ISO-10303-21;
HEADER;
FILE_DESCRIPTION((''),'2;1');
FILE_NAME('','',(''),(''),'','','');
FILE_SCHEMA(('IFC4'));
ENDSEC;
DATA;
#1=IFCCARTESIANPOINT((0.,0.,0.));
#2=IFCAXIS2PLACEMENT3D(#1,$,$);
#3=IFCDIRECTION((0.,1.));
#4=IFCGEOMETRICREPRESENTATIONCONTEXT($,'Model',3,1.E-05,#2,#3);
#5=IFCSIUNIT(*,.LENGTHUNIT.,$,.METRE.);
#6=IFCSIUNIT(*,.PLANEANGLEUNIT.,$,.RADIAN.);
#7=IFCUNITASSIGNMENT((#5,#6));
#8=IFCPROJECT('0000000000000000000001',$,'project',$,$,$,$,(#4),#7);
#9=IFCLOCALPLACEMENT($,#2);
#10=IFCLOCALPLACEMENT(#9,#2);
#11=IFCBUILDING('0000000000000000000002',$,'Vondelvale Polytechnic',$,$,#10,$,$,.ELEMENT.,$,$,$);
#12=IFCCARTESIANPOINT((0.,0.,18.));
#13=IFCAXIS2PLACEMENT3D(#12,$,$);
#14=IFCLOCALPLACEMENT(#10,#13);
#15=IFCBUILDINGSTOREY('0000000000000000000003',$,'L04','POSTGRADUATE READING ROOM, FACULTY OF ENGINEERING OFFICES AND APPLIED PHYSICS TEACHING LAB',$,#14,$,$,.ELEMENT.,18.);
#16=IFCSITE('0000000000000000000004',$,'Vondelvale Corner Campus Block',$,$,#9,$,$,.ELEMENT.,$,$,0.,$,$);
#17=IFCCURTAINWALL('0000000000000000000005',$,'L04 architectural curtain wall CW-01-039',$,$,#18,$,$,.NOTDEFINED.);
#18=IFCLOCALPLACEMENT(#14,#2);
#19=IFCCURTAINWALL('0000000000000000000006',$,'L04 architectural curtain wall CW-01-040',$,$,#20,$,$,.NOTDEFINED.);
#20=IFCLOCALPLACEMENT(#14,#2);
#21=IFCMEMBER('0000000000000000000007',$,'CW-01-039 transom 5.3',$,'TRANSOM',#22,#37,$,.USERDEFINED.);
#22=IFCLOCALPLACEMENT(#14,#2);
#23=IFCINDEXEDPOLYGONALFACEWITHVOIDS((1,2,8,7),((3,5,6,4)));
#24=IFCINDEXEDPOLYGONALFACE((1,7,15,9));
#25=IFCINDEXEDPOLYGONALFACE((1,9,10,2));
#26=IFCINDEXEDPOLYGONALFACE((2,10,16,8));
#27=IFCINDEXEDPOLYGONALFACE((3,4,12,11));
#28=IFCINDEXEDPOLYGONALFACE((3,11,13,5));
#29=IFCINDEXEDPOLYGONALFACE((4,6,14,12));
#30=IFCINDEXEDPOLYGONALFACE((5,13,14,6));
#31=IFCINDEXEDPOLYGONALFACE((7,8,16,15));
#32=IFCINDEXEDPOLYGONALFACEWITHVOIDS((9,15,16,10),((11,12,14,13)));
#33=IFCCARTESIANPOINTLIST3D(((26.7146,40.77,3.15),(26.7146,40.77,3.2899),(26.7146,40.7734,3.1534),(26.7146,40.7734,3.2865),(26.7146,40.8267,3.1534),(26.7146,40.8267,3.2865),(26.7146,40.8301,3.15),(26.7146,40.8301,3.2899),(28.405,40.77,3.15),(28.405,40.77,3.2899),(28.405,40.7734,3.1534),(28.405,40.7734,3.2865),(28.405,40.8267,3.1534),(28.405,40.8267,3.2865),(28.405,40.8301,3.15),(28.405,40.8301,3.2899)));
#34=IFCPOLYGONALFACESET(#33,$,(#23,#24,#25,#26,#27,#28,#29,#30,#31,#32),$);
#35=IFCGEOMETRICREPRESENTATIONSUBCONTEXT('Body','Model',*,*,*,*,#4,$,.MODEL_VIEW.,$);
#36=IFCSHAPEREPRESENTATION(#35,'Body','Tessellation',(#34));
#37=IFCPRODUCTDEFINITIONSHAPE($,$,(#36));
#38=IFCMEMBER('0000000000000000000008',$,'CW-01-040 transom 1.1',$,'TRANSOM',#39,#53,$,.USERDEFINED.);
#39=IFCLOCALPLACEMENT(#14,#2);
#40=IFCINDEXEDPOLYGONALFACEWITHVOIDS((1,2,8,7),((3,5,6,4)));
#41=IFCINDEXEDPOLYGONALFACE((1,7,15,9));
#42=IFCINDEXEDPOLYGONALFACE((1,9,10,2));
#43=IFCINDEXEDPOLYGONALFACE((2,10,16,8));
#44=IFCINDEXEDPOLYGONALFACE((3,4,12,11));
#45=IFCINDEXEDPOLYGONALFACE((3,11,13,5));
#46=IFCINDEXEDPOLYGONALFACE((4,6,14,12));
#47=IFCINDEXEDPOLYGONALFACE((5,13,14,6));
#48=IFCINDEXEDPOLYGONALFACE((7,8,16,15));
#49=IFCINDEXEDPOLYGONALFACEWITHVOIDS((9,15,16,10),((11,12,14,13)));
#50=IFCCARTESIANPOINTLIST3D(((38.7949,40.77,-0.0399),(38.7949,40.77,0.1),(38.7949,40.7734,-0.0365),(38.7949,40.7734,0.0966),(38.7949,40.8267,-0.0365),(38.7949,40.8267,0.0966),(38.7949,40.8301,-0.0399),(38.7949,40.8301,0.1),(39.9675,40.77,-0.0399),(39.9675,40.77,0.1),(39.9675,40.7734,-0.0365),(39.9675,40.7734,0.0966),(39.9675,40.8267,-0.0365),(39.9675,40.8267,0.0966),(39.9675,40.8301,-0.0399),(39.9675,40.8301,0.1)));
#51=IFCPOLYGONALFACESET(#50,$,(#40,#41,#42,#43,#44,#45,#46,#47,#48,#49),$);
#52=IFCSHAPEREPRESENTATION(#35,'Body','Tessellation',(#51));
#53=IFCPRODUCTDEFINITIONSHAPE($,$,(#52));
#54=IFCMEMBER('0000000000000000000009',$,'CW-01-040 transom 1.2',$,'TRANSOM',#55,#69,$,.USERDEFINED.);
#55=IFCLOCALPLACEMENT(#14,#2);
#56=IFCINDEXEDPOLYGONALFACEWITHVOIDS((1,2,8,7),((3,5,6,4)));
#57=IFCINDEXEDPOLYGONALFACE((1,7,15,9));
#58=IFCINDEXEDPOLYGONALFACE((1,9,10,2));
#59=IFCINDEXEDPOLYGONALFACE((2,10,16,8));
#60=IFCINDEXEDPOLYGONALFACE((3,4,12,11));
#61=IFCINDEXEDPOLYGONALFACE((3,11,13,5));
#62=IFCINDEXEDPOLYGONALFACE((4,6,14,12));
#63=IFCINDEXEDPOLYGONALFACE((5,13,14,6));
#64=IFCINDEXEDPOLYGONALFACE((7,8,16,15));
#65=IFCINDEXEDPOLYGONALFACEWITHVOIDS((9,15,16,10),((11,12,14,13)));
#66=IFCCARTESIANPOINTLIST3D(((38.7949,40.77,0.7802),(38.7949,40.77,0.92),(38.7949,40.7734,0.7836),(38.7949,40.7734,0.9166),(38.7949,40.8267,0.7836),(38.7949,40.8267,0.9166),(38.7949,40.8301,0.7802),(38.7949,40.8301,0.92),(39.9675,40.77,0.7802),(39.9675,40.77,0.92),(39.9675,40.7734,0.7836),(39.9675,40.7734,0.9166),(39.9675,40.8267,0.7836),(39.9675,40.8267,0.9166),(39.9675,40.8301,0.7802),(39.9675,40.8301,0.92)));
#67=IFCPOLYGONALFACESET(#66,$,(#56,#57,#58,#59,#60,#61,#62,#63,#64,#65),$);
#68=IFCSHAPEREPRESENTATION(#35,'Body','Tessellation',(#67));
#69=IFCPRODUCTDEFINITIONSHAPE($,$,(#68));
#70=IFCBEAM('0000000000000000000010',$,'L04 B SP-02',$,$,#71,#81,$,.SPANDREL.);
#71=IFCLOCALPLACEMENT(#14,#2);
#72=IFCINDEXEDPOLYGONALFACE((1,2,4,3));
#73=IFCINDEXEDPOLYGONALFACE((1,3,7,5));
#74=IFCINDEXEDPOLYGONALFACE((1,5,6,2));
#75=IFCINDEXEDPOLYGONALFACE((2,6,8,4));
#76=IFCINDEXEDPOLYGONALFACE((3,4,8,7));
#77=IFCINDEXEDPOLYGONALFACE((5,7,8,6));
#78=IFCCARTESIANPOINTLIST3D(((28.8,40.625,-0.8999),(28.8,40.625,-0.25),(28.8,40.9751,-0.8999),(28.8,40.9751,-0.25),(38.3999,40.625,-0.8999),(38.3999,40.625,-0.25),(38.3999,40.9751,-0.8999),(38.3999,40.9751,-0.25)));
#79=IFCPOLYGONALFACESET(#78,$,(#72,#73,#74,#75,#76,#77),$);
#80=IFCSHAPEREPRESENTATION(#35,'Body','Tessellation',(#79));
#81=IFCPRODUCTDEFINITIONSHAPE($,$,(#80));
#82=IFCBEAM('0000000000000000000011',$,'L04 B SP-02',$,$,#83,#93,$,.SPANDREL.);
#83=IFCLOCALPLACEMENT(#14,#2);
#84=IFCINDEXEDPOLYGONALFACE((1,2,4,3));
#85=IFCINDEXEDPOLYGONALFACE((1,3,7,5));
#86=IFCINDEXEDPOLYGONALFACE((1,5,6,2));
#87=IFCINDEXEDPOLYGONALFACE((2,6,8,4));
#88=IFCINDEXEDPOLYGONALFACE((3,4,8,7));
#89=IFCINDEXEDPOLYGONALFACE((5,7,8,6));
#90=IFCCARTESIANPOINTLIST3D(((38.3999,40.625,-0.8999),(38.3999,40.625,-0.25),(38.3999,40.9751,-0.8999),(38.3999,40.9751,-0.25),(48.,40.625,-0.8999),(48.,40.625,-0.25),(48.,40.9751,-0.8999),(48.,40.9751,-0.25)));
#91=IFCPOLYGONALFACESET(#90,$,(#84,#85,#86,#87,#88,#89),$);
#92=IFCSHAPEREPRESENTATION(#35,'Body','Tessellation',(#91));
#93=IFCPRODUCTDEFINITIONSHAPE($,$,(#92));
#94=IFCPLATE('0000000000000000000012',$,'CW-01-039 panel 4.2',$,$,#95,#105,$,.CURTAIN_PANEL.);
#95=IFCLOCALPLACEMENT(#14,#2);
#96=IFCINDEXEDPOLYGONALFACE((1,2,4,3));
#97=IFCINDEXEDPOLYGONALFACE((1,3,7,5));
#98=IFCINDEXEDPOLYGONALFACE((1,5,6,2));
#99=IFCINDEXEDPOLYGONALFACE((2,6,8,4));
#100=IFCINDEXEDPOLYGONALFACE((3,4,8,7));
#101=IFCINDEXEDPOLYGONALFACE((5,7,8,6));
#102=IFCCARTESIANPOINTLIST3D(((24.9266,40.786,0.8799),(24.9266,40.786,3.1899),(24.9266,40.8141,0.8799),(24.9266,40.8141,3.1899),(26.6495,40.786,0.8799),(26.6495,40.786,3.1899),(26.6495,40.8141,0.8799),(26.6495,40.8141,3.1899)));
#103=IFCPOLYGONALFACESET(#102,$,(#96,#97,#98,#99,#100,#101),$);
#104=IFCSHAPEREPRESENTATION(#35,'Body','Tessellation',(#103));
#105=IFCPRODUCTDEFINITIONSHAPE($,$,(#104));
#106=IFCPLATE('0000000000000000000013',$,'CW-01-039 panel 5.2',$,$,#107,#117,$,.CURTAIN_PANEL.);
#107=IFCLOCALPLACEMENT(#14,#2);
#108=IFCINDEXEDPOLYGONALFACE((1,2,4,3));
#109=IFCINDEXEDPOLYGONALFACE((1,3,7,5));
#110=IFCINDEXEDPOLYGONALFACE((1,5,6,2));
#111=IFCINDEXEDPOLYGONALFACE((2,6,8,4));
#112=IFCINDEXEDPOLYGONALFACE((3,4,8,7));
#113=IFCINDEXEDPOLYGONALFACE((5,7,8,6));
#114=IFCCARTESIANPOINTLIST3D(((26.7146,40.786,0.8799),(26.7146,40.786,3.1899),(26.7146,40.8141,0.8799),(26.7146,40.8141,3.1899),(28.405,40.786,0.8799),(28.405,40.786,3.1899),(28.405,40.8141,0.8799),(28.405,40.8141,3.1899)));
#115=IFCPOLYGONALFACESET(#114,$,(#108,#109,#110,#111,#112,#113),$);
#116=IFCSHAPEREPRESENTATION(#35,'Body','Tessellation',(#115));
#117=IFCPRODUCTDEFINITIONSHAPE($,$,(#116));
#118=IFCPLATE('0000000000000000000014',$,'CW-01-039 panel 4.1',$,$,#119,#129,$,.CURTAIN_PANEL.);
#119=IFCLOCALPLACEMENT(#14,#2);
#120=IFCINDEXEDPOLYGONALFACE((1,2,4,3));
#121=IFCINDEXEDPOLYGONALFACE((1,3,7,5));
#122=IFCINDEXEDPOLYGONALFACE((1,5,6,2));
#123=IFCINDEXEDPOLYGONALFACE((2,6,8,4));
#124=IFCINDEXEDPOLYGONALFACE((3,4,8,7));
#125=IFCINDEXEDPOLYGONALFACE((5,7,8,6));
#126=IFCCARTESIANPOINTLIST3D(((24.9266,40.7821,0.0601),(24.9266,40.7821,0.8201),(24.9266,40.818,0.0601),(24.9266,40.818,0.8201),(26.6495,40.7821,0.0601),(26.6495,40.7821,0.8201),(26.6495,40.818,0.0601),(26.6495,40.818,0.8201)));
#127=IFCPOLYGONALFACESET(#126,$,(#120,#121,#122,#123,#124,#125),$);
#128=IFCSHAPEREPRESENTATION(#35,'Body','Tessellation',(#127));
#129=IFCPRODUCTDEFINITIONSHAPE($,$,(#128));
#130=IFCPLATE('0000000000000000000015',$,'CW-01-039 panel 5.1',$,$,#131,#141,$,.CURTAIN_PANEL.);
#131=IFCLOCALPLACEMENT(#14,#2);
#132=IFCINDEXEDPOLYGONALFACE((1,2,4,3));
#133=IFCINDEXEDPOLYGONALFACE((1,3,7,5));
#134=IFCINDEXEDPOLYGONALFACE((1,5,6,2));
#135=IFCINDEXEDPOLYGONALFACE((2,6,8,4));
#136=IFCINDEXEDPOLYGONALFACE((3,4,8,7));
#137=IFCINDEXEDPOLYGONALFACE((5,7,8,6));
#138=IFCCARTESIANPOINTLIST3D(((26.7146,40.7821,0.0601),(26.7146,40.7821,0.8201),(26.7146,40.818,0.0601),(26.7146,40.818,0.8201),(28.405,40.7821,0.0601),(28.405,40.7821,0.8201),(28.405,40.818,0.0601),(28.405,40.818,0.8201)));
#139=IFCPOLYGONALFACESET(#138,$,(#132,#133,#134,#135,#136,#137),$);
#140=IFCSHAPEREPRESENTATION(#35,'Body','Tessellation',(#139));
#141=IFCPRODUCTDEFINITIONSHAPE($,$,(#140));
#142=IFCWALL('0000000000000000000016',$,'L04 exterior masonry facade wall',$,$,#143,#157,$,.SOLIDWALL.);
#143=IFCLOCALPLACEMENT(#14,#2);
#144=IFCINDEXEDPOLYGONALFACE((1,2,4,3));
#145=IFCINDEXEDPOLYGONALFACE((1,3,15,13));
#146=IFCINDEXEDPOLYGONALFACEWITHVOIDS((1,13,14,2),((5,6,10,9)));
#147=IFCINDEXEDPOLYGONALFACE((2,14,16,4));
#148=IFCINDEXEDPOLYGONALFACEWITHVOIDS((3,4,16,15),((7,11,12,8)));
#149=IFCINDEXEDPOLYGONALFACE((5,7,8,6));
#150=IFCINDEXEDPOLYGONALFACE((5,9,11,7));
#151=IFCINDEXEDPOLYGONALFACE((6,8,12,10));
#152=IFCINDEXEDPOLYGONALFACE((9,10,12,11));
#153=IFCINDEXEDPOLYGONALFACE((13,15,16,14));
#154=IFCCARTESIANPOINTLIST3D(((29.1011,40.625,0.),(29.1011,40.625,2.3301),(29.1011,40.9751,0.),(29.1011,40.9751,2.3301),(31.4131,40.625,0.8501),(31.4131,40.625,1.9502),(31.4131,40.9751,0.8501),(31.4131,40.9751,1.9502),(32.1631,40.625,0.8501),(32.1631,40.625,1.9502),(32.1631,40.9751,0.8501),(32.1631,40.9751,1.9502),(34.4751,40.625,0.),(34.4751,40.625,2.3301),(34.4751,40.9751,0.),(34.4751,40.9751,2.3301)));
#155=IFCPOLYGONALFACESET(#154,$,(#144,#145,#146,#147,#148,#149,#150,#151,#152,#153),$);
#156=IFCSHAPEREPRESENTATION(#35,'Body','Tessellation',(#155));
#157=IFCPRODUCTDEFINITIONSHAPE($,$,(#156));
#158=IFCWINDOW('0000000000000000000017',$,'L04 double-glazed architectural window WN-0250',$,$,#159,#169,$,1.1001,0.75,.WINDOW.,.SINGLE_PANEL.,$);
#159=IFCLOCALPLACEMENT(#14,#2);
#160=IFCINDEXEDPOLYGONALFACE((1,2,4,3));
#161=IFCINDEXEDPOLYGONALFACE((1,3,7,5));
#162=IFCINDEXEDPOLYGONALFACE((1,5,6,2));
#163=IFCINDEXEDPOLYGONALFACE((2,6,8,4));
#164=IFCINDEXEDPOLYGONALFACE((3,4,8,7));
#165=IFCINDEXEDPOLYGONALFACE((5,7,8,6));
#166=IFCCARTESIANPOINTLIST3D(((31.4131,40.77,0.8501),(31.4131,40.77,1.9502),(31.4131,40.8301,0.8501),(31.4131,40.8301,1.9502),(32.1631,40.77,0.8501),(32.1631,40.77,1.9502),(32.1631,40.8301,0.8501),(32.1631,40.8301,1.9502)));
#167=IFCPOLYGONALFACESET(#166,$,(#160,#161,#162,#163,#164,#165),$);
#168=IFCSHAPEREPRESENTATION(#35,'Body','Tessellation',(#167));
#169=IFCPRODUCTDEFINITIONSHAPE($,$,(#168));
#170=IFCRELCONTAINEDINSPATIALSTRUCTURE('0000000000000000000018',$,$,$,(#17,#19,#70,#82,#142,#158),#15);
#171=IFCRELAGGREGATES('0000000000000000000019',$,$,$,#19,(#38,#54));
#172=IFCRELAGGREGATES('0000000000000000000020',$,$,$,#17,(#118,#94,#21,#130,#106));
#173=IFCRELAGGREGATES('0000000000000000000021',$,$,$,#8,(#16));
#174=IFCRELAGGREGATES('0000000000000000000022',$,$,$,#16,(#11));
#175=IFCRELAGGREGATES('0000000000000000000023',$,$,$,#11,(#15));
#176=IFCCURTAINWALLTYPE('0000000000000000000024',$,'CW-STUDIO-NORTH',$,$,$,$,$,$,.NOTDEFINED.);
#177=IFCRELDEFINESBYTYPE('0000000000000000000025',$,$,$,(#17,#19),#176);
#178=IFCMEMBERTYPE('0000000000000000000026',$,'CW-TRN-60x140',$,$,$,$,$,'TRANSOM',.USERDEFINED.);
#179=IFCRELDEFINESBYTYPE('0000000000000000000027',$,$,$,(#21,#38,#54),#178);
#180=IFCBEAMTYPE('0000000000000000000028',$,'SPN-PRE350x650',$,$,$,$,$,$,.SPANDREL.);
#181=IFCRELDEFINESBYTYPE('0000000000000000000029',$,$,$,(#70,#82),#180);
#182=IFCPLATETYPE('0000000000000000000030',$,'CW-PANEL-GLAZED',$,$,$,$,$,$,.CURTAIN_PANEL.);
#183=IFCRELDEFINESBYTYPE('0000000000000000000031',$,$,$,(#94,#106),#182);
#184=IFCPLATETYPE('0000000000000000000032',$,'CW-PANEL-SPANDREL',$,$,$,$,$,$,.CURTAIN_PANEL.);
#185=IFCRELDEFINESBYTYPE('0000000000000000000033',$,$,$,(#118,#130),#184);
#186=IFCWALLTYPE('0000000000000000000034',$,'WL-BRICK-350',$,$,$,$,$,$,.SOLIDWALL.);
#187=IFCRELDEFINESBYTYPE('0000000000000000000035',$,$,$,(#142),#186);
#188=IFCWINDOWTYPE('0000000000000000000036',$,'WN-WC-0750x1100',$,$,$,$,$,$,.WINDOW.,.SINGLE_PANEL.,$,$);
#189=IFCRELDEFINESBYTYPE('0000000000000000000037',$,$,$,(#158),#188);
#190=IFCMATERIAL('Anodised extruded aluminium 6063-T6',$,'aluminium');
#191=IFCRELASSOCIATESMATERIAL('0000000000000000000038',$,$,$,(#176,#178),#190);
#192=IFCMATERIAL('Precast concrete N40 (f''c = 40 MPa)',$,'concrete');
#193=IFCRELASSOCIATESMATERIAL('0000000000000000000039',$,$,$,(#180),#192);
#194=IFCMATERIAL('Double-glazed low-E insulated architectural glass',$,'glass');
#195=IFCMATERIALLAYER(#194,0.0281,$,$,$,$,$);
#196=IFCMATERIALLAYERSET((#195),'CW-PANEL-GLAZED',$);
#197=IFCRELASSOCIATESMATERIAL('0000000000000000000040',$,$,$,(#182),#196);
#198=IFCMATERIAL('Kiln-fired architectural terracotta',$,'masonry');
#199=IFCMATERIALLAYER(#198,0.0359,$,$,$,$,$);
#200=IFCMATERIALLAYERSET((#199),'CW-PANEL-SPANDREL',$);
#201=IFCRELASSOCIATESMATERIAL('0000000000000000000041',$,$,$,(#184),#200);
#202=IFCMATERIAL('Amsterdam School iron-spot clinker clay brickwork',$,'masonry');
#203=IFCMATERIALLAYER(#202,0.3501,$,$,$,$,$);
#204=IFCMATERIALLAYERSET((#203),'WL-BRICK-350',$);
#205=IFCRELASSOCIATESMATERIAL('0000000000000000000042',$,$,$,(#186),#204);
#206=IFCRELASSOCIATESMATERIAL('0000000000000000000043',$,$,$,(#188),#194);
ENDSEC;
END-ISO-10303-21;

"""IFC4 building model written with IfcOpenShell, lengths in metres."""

from ifc_helpers import new_model, si_unit, direction, frame, frame_2d, origin, origin_2d, place, context, subcontext, project, spatial, rectangle, hollow_rectangle, extrude, material, layer, layer_set, material_profile, profile_set, type_object, element, fill, aggregate, save


model = new_model("IFC4")

# Units and contexts
model_context = context("Model", 3, precision=1e-05, world=origin(), true_north=direction((0.0, 1.0)))
body_context = subcontext(model_context, "Body", "Model", "MODEL_VIEW")
ifc_project = project(units=[si_unit("LENGTHUNIT", "METRE"), si_unit("PLANEANGLEUNIT", "RADIAN")], contexts=[model_context])

# Site, building, storey
site_placement = place(None, origin())
site = spatial("IfcSite", under=ifc_project, at=site_placement, Name="Vondelvale Corner Campus Block", CompositionType="ELEMENT", RefElevation=0.0)
building_placement = place(site_placement, origin())
building = spatial("IfcBuilding", under=site, at=building_placement, Name="Vondelvale Polytechnic", CompositionType="ELEMENT")
storey_placement = place(building_placement, frame((0.0, 0.0, 18.0)))
storey = spatial("IfcBuildingStorey", under=building, at=storey_placement, Name="L04", Description="POSTGRADUATE READING ROOM, FACULTY OF ENGINEERING OFFICES AND APPLIED PHYSICS TEACHING LAB", CompositionType="ELEMENT", Elevation=18.0)

# Curtain wall
ifc_material_1 = material(Name="Anodised extruded aluminium 6063-T6", Category="aluminium")
curtain_wall_type = type_object("IfcCurtainWallType", Name="CW-STUDIO-NORTH", PredefinedType="NOTDEFINED", material=ifc_material_1)
curtain_wall_1_placement = place(storey_placement, origin())
curtain_wall_1 = element("IfcCurtainWall", 1, at=curtain_wall_1_placement, inside=storey, type_object=curtain_wall_type, Name="L04 architectural curtain wall CW-01-039", PredefinedType="NOTDEFINED")

# Curtain wall
curtain_wall_2_placement = place(storey_placement, origin())
curtain_wall_2 = element("IfcCurtainWall", 2, at=curtain_wall_2_placement, inside=storey, type_object=curtain_wall_type, Name="L04 architectural curtain wall CW-01-040", PredefinedType="NOTDEFINED")

# Members
ifc_material_profile_1 = material_profile(ifc_material_1, hollow_rectangle(XDim=0.0601, YDim=0.1399, WallThickness=0.0034, at=origin_2d()), Name="CW-TRN-140x60")
ifc_profile_set_1 = profile_set([ifc_material_profile_1], Name="Anodised extruded aluminium 6063-T6")
member_type_1 = type_object("IfcMemberType", Name="CW-TRN-60x140", ElementType="TRANSOM", PredefinedType="USERDEFINED", material=ifc_profile_set_1)
member_1_placement = place(storey_placement, frame((26.7146, 40.8, 3.22), z_axis=(1.0, 0.0, 0.0), x_axis=(0.0, 1.0, 0.0)))
member_1 = element("IfcMember", 3, at=member_1_placement, type_object=member_type_1, Name="CW-01-039 transom 5.3", ObjectType="TRANSOM", PredefinedType="USERDEFINED", context=body_context, shape_type="SweptSolid", body=[
    extrude(hollow_rectangle(XDim=0.0601, YDim=0.1399, WallThickness=0.0034, at=origin_2d()), origin(), (0.0, 0.0, 1.0), 1.6904),
])
member_2_placement = place(storey_placement, frame((38.7949, 40.8, 0.03), z_axis=(1.0, 0.0, 0.0), x_axis=(0.0, 1.0, 0.0)))
member_2 = element("IfcMember", 4, at=member_2_placement, type_object=member_type_1, Name="CW-01-040 transom 1.1", ObjectType="TRANSOM", PredefinedType="USERDEFINED", context=body_context, shape_type="SweptSolid", body=[
    extrude(hollow_rectangle(XDim=0.0601, YDim=0.1399, WallThickness=0.0034, at=origin_2d()), origin(), (0.0, 0.0, 1.0), 1.1726),
])
member_3_placement = place(storey_placement, frame((38.7949, 40.8, 0.8501), z_axis=(1.0, 0.0, 0.0), x_axis=(0.0, 1.0, 0.0)))
member_3 = element("IfcMember", 5, at=member_3_placement, type_object=member_type_1, Name="CW-01-040 transom 1.2", ObjectType="TRANSOM", PredefinedType="USERDEFINED", context=body_context, shape_type="SweptSolid", body=[
    extrude(hollow_rectangle(XDim=0.0601, YDim=0.1399, WallThickness=0.0034, at=origin_2d()), origin(), (0.0, 0.0, 1.0), 1.1726),
])
aggregate(curtain_wall_2, [member_2, member_3])

# Beams
ifc_material_2 = material(Name="Precast concrete N40 (f'c = 40 MPa)", Category="concrete")
ifc_material_profile_2 = material_profile(ifc_material_2, rectangle(XDim=0.3501, YDim=0.6499, at=origin_2d()), Name="RC-SPN-350x650")
ifc_profile_set_2 = profile_set([ifc_material_profile_2], Name="Precast concrete N40 (f'c = 40 MPa)")
beam_type = type_object("IfcBeamType", Name="SPN-PRE350x650", PredefinedType="SPANDREL", material=ifc_profile_set_2)
beam_1_placement = place(storey_placement, frame((28.8, 40.8, -0.575), z_axis=(1.0, 0.0, 0.0), x_axis=(0.0, 1.0, 0.0)))
element("IfcBeam", 6, at=beam_1_placement, inside=storey, type_object=beam_type, Name="L04 B SP-02", PredefinedType="SPANDREL", context=body_context, shape_type="SweptSolid", body=[
    extrude(rectangle(XDim=0.3501, YDim=0.6499, at=origin_2d()), origin(), (0.0, 0.0, 1.0), 9.5999),
])
beam_2_placement = place(storey_placement, frame((38.3999, 40.8, -0.575), z_axis=(1.0, 0.0, 0.0), x_axis=(0.0, 1.0, 0.0)))
element("IfcBeam", 7, at=beam_2_placement, inside=storey, type_object=beam_type, Name="L04 B SP-02", PredefinedType="SPANDREL", context=body_context, shape_type="SweptSolid", body=[
    extrude(rectangle(XDim=0.3501, YDim=0.6499, at=origin_2d()), origin(), (0.0, 0.0, 1.0), 9.6001),
])

# Plates
ifc_material_3 = material(Name="Double-glazed low-E insulated architectural glass", Category="glass")
ifc_layer_1 = layer(ifc_material_3, 0.0281)
ifc_layer_set_1 = layer_set([ifc_layer_1], Name="CW-PANEL-GLAZED")
plate_type_1 = type_object("IfcPlateType", Name="CW-PANEL-GLAZED", PredefinedType="CURTAIN_PANEL", material=ifc_layer_set_1)
plate_1_placement = place(storey_placement, frame((25.7881, 40.8, 0.8799), z_axis=(0.0, 0.0, 1.0), x_axis=(1.0, 0.0, 0.0)))
plate_1 = element("IfcPlate", 8, at=plate_1_placement, type_object=plate_type_1, Name="CW-01-039 panel 4.2", PredefinedType="CURTAIN_PANEL", context=body_context, shape_type="SweptSolid", body=[
    extrude(rectangle(XDim=1.7229, YDim=0.0281, at=origin_2d()), origin(), (0.0, 0.0, 1.0), 2.3101),
])
plate_2_placement = place(storey_placement, frame((27.5598, 40.8, 0.8799), z_axis=(0.0, 0.0, 1.0), x_axis=(1.0, 0.0, 0.0)))
plate_2 = element("IfcPlate", 9, at=plate_2_placement, type_object=plate_type_1, Name="CW-01-039 panel 5.2", PredefinedType="CURTAIN_PANEL", context=body_context, shape_type="SweptSolid", body=[
    extrude(rectangle(XDim=1.6904, YDim=0.0281, at=origin_2d()), origin(), (0.0, 0.0, 1.0), 2.3101),
])
ifc_material_4 = material(Name="Kiln-fired architectural terracotta", Category="masonry")
ifc_layer_2 = layer(ifc_material_4, 0.0359)
ifc_layer_set_2 = layer_set([ifc_layer_2], Name="CW-PANEL-SPANDREL")
plate_type_2 = type_object("IfcPlateType", Name="CW-PANEL-SPANDREL", PredefinedType="CURTAIN_PANEL", material=ifc_layer_set_2)
plate_3_placement = place(storey_placement, frame((25.7881, 40.8, 0.0601), z_axis=(0.0, 0.0, 1.0), x_axis=(1.0, 0.0, 0.0)))
plate_3 = element("IfcPlate", 10, at=plate_3_placement, type_object=plate_type_2, Name="CW-01-039 panel 4.1", PredefinedType="CURTAIN_PANEL", context=body_context, shape_type="SweptSolid", body=[
    extrude(rectangle(XDim=1.7229, YDim=0.0359, at=origin_2d()), origin(), (0.0, 0.0, 1.0), 0.76),
])
plate_4_placement = place(storey_placement, frame((27.5598, 40.8, 0.0601), z_axis=(0.0, 0.0, 1.0), x_axis=(1.0, 0.0, 0.0)))
plate_4 = element("IfcPlate", 11, at=plate_4_placement, type_object=plate_type_2, Name="CW-01-039 panel 5.1", PredefinedType="CURTAIN_PANEL", context=body_context, shape_type="SweptSolid", body=[
    extrude(rectangle(XDim=1.6904, YDim=0.0359, at=origin_2d()), origin(), (0.0, 0.0, 1.0), 0.76),
])
aggregate(curtain_wall_1, [plate_3, plate_1, member_1, plate_4, plate_2])

# Wall, opening, window
ifc_material_5 = material(Name="Amsterdam School iron-spot clinker clay brickwork", Category="masonry")
ifc_layer_3 = layer(ifc_material_5, 0.3501)
ifc_layer_set_3 = layer_set([ifc_layer_3], Name="WL-BRICK-350")
wall_type = type_object("IfcWallType", Name="WL-BRICK-350", PredefinedType="SOLIDWALL", material=ifc_layer_set_3)
wall_1_placement = place(storey_placement, frame((29.1011, 40.8, 0.0), z_axis=(0.0, 0.0, 1.0), x_axis=(1.0, 0.0, 0.0)))
wall_1 = element("IfcWall", 12, at=wall_1_placement, inside=storey, type_object=wall_type, Name="L04 exterior masonry facade wall", PredefinedType="SOLIDWALL", context=body_context, shape_type="SweptSolid", body=[
    extrude(rectangle(XDim=5.374, YDim=0.3501, at=frame_2d((2.687, 0.0))), origin(), (0.0, 0.0, 1.0), 2.3301),
])
opening_1_placement = place(wall_1_placement, frame((2.312, 0.0, 0.8501)))
opening_1 = element("IfcOpeningElement", 13, at=opening_1_placement, cuts=wall_1, PredefinedType="OPENING", context=body_context, shape_type="SweptSolid", body=[
    extrude(rectangle(XDim=0.75, YDim=1.1001, at=frame_2d((0.375, 0.55))), frame((0.0, 0.1851, 0.0), z_axis=(0.0, -1.0, 0.0), x_axis=(1.0, 0.0, 0.0)), (0.0, 0.0, 1.0), 0.3701),
])
window_type = type_object("IfcWindowType", Name="WN-WC-0750x1100", PartitioningType="SINGLE_PANEL", PredefinedType="WINDOW", material=ifc_material_3)
window_1_placement = place(opening_1_placement, origin())
window_1 = element("IfcWindow", 14, at=window_1_placement, inside=storey, type_object=window_type, Name="L04 double-glazed architectural window WN-0250", OverallHeight=1.1001, OverallWidth=0.75, PartitioningType="SINGLE_PANEL", PredefinedType="WINDOW", context=body_context, shape_type="SweptSolid", body=[
    extrude(rectangle(XDim=0.75, YDim=1.1001, at=frame_2d((0.375, 0.55))), frame((0.0, 0.03, 0.0), z_axis=(0.0, -1.0, 0.0), x_axis=(1.0, 0.0, 0.0)), (0.0, 0.0, 1.0), 0.0601),
])
fill(opening_1, window_1)

save(model, "model.ifc")
